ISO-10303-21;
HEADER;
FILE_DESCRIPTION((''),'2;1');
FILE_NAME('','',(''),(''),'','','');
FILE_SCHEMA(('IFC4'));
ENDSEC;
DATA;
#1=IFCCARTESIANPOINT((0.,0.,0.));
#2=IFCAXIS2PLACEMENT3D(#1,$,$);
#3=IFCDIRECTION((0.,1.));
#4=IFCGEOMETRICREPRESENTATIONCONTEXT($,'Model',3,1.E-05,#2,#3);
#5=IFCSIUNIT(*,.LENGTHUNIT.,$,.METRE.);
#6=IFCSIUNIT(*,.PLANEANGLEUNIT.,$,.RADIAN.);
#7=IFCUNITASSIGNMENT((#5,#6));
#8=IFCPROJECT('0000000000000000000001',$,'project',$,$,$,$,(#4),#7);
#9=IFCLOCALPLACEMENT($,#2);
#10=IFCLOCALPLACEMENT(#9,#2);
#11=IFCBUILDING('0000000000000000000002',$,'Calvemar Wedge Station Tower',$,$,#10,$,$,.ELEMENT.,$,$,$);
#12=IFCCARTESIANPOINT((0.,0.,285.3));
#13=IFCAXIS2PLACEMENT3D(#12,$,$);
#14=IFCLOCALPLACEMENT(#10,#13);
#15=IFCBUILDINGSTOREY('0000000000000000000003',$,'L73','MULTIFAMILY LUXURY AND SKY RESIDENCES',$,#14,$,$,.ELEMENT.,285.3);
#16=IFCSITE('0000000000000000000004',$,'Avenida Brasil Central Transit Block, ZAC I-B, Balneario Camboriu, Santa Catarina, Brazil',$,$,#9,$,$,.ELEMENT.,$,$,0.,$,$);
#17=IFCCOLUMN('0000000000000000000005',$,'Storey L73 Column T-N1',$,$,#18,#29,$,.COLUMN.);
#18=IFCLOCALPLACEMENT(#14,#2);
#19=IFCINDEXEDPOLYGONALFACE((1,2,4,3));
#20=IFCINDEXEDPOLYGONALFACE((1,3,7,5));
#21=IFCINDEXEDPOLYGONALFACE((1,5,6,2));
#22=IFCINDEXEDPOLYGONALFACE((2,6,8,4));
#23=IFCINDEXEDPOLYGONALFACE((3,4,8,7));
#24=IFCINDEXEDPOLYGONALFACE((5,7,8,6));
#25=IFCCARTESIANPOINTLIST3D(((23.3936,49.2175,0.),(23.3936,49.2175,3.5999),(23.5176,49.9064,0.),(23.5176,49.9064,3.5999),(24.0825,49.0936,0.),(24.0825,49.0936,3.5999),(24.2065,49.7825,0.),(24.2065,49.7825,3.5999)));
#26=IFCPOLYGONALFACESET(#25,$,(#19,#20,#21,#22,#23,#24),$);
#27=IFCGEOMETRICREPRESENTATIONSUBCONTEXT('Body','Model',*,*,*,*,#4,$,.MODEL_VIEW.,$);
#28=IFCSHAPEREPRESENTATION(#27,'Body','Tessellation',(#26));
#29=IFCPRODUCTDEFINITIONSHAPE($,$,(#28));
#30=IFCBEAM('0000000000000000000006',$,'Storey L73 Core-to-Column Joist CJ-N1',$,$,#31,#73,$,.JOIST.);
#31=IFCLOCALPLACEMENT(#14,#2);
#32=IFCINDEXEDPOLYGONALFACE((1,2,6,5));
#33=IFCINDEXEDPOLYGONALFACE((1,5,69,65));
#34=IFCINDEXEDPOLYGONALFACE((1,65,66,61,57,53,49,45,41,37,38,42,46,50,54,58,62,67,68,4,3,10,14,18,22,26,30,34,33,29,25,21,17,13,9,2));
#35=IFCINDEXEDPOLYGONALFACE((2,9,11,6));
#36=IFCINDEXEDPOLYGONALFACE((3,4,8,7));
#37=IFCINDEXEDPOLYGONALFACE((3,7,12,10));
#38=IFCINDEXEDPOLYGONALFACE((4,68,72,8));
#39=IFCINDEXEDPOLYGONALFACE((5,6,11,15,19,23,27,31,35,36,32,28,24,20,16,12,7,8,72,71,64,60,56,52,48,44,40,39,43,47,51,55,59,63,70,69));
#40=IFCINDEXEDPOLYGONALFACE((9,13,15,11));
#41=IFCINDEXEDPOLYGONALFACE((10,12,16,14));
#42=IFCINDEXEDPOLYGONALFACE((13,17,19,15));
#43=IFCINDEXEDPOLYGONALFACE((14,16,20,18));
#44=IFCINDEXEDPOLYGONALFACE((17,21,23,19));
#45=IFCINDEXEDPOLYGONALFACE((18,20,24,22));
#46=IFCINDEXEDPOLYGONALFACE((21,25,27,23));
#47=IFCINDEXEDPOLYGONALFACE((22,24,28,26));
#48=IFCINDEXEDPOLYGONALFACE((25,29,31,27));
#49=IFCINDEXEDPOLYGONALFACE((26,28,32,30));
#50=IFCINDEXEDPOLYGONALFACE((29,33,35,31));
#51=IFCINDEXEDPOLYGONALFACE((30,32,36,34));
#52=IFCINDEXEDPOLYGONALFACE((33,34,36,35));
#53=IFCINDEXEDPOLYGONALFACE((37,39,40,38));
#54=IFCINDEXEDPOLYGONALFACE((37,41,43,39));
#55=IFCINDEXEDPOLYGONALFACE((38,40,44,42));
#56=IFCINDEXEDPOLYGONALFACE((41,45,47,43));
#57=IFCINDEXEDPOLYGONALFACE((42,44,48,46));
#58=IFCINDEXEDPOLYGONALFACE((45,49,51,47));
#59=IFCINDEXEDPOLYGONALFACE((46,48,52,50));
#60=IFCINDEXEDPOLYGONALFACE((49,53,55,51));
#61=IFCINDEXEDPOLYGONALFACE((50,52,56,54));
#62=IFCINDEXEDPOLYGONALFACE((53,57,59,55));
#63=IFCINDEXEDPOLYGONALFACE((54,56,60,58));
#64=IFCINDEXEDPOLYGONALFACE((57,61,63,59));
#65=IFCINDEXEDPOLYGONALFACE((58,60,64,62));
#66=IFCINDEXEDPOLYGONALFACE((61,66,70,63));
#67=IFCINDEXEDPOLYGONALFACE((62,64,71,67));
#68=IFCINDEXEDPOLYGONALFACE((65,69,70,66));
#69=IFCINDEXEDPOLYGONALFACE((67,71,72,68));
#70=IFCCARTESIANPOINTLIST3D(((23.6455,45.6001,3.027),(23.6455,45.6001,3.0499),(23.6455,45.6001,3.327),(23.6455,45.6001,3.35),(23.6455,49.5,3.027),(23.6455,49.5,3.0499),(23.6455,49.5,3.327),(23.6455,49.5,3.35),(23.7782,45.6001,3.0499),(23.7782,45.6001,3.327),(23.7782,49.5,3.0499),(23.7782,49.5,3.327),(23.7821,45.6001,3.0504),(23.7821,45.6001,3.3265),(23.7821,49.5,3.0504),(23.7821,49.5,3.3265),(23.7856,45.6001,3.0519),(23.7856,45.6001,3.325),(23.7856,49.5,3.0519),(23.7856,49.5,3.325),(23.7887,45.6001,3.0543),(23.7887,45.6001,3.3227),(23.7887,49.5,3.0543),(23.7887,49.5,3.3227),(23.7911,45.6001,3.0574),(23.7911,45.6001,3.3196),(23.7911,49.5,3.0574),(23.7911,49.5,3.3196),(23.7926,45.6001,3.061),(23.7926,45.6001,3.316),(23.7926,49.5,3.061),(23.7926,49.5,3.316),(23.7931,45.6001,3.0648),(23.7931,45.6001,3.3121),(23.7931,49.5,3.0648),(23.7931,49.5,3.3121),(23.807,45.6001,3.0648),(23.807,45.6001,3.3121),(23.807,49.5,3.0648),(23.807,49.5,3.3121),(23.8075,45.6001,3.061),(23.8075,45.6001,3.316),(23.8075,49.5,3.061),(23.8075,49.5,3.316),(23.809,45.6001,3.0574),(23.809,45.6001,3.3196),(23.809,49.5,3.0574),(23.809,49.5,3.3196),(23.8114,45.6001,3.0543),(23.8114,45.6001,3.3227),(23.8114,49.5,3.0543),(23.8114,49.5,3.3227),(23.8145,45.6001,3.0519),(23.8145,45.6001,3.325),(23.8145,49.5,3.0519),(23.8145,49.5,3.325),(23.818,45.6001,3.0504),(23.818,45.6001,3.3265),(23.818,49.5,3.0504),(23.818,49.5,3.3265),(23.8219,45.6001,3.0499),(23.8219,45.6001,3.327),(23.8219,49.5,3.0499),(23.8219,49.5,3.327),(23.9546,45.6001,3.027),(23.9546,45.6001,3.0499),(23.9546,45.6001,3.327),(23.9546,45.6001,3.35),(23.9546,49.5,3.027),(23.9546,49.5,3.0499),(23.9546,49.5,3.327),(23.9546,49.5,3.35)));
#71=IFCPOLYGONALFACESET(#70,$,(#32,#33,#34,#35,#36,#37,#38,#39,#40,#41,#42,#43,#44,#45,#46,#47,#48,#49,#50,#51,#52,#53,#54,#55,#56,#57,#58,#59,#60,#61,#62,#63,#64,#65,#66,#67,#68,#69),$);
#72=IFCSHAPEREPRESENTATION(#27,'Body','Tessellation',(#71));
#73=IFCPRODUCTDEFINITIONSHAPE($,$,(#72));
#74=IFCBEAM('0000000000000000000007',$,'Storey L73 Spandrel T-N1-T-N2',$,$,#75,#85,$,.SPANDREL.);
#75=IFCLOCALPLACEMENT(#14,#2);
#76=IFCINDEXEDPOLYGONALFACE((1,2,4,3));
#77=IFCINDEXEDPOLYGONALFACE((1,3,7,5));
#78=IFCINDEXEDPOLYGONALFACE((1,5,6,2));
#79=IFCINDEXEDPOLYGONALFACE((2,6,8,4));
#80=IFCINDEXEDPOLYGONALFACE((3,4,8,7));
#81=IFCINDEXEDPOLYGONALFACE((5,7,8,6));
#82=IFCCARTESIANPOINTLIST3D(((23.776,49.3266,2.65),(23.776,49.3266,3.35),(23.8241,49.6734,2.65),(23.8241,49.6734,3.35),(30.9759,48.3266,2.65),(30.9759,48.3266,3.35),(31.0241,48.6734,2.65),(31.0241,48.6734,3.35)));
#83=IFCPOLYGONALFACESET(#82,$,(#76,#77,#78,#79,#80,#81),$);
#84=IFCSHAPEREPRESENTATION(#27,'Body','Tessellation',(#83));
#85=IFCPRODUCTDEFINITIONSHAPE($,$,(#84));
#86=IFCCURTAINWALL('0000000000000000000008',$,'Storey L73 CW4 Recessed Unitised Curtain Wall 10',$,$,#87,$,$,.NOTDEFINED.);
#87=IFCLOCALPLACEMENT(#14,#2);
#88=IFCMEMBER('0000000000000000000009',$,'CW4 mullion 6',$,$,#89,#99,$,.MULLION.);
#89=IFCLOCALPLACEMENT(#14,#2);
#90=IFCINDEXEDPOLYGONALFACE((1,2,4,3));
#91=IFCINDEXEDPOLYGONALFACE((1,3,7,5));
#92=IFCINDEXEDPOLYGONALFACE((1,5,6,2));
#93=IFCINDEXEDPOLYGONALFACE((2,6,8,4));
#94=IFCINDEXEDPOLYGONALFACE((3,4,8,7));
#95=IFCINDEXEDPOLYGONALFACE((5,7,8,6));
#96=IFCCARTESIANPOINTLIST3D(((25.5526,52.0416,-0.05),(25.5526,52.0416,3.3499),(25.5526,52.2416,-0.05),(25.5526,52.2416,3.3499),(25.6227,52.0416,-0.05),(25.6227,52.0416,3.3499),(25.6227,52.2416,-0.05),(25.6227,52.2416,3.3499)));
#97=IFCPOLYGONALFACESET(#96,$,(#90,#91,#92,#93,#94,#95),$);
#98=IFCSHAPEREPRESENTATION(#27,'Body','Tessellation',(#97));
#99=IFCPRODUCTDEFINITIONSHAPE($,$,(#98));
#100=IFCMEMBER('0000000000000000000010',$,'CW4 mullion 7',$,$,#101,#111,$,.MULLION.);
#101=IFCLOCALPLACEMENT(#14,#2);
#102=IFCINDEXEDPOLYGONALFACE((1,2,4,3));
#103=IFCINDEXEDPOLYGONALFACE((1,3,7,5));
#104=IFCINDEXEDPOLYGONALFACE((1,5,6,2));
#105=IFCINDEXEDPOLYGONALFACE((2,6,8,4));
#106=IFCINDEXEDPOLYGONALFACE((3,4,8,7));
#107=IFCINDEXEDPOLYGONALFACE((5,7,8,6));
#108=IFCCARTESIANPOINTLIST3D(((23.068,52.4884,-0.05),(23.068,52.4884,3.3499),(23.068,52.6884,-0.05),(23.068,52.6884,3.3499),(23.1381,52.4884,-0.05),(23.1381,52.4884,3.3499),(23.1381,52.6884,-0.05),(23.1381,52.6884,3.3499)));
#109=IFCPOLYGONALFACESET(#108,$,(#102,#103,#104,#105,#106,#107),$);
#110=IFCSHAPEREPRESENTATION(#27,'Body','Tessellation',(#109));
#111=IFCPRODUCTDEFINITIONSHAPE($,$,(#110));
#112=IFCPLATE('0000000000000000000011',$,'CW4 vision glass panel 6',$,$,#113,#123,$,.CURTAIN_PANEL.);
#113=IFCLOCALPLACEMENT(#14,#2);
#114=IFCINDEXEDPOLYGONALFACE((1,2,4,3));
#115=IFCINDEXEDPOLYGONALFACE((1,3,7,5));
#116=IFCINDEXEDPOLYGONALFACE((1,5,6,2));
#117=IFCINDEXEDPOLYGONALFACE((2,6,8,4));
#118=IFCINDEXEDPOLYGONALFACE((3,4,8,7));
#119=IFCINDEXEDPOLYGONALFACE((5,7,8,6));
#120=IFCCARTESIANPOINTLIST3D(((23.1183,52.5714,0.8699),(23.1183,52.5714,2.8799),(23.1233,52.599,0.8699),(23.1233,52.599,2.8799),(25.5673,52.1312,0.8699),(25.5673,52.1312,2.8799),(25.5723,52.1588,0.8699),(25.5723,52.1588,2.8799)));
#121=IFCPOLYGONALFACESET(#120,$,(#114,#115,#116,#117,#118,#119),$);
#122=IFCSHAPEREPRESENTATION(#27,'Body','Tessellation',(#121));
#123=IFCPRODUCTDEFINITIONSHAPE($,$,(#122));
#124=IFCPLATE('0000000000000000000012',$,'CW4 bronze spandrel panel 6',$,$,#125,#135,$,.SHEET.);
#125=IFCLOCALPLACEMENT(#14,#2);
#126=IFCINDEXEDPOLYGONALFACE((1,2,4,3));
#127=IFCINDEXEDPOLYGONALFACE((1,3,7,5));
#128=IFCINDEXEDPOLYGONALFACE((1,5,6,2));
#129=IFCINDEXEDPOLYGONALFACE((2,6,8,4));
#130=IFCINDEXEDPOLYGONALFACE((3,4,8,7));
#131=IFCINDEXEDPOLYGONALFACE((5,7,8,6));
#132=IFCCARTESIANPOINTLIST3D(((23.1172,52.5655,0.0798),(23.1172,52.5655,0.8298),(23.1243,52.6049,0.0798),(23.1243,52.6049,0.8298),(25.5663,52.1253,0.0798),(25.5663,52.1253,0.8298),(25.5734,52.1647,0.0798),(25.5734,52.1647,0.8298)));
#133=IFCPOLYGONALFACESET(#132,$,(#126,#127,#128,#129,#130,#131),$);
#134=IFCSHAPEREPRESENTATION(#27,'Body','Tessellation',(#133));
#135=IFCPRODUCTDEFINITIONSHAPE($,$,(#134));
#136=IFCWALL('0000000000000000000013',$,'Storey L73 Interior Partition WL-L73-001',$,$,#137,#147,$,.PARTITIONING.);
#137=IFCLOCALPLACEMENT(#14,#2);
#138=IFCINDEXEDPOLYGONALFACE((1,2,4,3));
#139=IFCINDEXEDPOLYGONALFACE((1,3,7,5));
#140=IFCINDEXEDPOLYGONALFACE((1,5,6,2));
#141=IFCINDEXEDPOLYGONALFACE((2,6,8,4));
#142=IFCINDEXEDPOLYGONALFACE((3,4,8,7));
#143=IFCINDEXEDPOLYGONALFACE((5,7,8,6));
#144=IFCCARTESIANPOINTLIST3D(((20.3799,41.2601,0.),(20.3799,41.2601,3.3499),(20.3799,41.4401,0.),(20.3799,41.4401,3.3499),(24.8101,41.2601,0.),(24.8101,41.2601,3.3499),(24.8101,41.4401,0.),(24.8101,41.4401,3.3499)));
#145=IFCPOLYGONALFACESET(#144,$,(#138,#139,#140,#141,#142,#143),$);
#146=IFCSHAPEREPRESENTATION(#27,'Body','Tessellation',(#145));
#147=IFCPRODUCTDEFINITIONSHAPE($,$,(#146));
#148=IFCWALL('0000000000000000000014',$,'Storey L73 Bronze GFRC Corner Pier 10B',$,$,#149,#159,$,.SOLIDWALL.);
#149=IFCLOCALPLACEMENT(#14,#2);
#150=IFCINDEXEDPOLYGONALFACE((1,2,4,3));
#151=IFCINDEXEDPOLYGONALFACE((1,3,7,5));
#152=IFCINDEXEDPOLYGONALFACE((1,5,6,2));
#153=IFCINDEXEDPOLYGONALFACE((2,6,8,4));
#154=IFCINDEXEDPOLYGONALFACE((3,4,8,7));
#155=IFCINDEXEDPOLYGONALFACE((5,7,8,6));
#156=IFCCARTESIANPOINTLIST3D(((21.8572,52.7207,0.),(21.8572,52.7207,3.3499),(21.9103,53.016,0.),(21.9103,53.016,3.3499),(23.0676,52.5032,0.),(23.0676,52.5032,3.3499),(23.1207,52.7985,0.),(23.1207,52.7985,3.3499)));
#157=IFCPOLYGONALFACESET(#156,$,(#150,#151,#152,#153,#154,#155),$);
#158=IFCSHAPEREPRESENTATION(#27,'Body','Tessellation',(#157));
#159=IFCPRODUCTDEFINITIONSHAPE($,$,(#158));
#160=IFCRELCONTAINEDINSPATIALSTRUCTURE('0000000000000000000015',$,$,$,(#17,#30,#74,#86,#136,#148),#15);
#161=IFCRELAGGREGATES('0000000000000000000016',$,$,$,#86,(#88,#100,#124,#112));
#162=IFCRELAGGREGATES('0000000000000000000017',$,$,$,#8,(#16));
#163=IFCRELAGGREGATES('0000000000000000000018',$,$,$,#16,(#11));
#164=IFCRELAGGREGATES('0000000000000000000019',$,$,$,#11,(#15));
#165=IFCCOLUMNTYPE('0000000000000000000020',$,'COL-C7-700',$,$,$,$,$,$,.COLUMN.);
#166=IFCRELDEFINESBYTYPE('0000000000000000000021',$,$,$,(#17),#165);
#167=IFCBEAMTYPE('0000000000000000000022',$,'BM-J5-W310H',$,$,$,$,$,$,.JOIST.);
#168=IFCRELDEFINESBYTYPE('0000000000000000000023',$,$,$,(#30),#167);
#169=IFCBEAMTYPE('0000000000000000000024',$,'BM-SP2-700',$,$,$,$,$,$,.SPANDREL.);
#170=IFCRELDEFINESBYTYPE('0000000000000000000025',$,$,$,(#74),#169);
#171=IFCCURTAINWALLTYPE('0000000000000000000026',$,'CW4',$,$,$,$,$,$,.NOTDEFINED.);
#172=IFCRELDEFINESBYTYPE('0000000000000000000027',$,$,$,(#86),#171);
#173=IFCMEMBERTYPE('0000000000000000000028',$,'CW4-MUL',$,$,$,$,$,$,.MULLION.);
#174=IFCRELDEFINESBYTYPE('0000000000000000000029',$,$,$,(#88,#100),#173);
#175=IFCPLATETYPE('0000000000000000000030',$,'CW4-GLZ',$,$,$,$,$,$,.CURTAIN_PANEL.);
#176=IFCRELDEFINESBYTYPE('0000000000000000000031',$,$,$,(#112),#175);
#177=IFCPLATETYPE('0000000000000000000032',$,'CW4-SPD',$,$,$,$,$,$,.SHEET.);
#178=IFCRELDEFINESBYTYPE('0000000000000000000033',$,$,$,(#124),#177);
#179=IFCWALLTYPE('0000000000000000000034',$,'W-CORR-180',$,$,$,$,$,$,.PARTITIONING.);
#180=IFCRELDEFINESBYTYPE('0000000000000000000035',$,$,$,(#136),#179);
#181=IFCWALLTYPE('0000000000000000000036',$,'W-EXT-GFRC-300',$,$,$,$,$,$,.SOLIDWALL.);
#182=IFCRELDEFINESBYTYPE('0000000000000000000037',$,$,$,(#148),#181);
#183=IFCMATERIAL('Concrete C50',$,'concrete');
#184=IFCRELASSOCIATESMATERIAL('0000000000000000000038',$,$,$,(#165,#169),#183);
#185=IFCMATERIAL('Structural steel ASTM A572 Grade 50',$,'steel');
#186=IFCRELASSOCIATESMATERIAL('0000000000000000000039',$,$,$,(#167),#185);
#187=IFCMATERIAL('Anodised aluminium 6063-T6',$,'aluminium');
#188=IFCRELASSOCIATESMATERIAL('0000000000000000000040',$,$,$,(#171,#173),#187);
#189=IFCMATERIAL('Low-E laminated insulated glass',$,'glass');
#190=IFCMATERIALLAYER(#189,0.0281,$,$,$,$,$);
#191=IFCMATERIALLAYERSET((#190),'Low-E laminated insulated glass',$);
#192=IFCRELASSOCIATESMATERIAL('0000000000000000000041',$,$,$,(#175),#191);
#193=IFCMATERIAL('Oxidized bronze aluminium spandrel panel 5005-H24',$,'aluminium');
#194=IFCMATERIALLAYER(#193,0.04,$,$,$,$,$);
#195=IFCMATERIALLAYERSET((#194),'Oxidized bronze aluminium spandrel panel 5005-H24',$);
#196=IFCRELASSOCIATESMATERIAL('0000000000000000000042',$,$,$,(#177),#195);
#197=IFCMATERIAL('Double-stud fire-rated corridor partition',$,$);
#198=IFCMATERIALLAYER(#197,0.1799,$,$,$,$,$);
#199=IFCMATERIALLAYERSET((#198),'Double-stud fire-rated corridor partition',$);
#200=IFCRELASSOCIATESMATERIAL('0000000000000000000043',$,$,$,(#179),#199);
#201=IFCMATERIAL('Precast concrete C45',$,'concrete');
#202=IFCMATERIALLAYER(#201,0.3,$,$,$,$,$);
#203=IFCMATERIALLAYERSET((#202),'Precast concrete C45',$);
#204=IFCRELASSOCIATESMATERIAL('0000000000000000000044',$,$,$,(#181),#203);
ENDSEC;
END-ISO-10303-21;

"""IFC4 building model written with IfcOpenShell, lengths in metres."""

from ifc_helpers import new_model, si_unit, direction, frame, frame_2d, origin, origin_2d, place, context, subcontext, project, spatial, rectangle, i_section, extrude, source, transform, mapped, material, layer, layer_set, material_profile, profile_set, type_object, element, aggregate, save


model = new_model("IFC4")

# Units and contexts
model_context = context("Model", 3, precision=1e-05, world=origin(), true_north=direction((0.0, 1.0)))
body_context = subcontext(model_context, "Body", "Model", "MODEL_VIEW")
ifc_project = project(units=[si_unit("LENGTHUNIT", "METRE"), si_unit("PLANEANGLEUNIT", "RADIAN")], contexts=[model_context])

# Site, building, storey
site_placement = place(None, origin())
site = spatial("IfcSite", under=ifc_project, at=site_placement, Name="Avenida Brasil Central Transit Block, ZAC I-B, Balneario Camboriu, Santa Catarina, Brazil", CompositionType="ELEMENT", RefElevation=0.0)
building_placement = place(site_placement, origin())
building = spatial("IfcBuilding", under=site, at=building_placement, Name="Calvemar Wedge Station Tower", CompositionType="ELEMENT")
storey_placement = place(building_placement, frame((0.0, 0.0, 285.3)))
storey = spatial("IfcBuildingStorey", under=building, at=storey_placement, Name="L73", Description="MULTIFAMILY LUXURY AND SKY RESIDENCES", CompositionType="ELEMENT", Elevation=285.3)

# Column
ifc_material_1 = material(Name="Concrete C50", Category="concrete")
ifc_material_profile_1 = material_profile(ifc_material_1, rectangle(XDim=0.7, YDim=0.7, at=origin_2d()), Name="RC700x700")
ifc_profile_set_1 = profile_set([ifc_material_profile_1], Name="Concrete C50")
column_type = type_object("IfcColumnType", Name="COL-C7-700", PredefinedType="COLUMN", material=ifc_profile_set_1)
shared_shape_1 = source(origin(), body_context, "Body", "SweptSolid", [
    extrude(rectangle(XDim=0.7, YDim=0.7, at=origin_2d()), origin(), (0.0, 0.0, 1.0), 3.5999),
])
column_placement = place(storey_placement, frame((23.8, 49.5, 0.0), z_axis=(0.0, 0.0, 1.0), x_axis=(0.984196, -0.177085, 0.0)))
element("IfcColumn", 1, at=column_placement, inside=storey, type_object=column_type, Name="Storey L73 Column T-N1", PredefinedType="COLUMN", context=body_context, shape_type="MappedRepresentation", body=[
    mapped(shared_shape_1, transform((0.0, 0.0, 0.0), scale=1.0)),
])

# Beams
ifc_material_2 = material(Name="Structural steel ASTM A572 Grade 50", Category="steel")
ifc_material_profile_2 = material_profile(ifc_material_2, i_section(OverallWidth=0.3091, OverallDepth=0.323, WebThickness=0.0139, FlangeThickness=0.0229, FilletRadius=0.0149, at=origin_2d()), Name="W310x143")
ifc_profile_set_2 = profile_set([ifc_material_profile_2], Name="Structural steel ASTM A572 Grade 50")
beam_type_1 = type_object("IfcBeamType", Name="BM-J5-W310H", PredefinedType="JOIST", material=ifc_profile_set_2)
shared_shape_2 = source(origin(), body_context, "Body", "SweptSolid", [
    extrude(i_section(OverallWidth=0.3091, OverallDepth=0.323, WebThickness=0.0139, FlangeThickness=0.0229, FilletRadius=0.0149, at=origin_2d()), origin(), (0.0, 0.0, 1.0), 3.8999),
])
beam_1_placement = place(storey_placement, frame((23.8, 45.6001, 3.1885), z_axis=(0.0, 1.0, 0.0), x_axis=(-1.0, 0.0, 0.0)))
element("IfcBeam", 2, at=beam_1_placement, inside=storey, type_object=beam_type_1, Name="Storey L73 Core-to-Column Joist CJ-N1", PredefinedType="JOIST", context=body_context, shape_type="MappedRepresentation", body=[
    mapped(shared_shape_2, transform((0.0, 0.0, 0.0), scale=1.0)),
])
ifc_material_profile_3 = material_profile(ifc_material_1, rectangle(XDim=0.3501, YDim=0.7, at=origin_2d()), Name="RC350x700")
ifc_profile_set_3 = profile_set([ifc_material_profile_3], Name="Concrete C50")
beam_type_2 = type_object("IfcBeamType", Name="BM-SP2-700", PredefinedType="SPANDREL", material=ifc_profile_set_3)
shared_shape_3 = source(origin(), body_context, "Body", "SweptSolid", [
    extrude(rectangle(XDim=0.3501, YDim=0.7, at=origin_2d()), origin(), (0.0, 0.0, 1.0), 7.269),
])
beam_2_placement = place(storey_placement, frame((23.8, 49.5, 3.0), z_axis=(0.990492, -0.137569, 0.0), x_axis=(0.137569, 0.990492, 0.0)))
element("IfcBeam", 3, at=beam_2_placement, inside=storey, type_object=beam_type_2, Name="Storey L73 Spandrel T-N1-T-N2", PredefinedType="SPANDREL", context=body_context, shape_type="MappedRepresentation", body=[
    mapped(shared_shape_3, transform((0.0, 0.0, 0.0), scale=1.0)),
])

# Curtain wall, members, plates
ifc_material_3 = material(Name="Anodised aluminium 6063-T6", Category="aluminium")
curtain_wall_type = type_object("IfcCurtainWallType", Name="CW4", PredefinedType="NOTDEFINED", material=ifc_material_3)
curtain_wall_placement = place(storey_placement, origin())
curtain_wall = element("IfcCurtainWall", 4, at=curtain_wall_placement, inside=storey, type_object=curtain_wall_type, Name="Storey L73 CW4 Recessed Unitised Curtain Wall 10", PredefinedType="NOTDEFINED")
ifc_material_profile_4 = material_profile(ifc_material_3, rectangle(XDim=0.0701, YDim=0.2, at=origin_2d()), Name="AL-MUL-70x200")
ifc_profile_set_4 = profile_set([ifc_material_profile_4], Name="Anodised aluminium 6063-T6")
member_type = type_object("IfcMemberType", Name="CW4-MUL", PredefinedType="MULLION", material=ifc_profile_set_4)
shared_shape_4 = source(origin(), body_context, "Body", "SweptSolid", [
    extrude(rectangle(XDim=0.0701, YDim=0.2, at=origin_2d()), origin(), (0.0, 0.0, 1.0), 3.3999),
])
member_1_placement = place(storey_placement, frame((25.5876, 52.1416, -0.05), z_axis=(0.0, 0.0, 1.0), x_axis=(1.0, 0.0, 0.0)))
member_1 = element("IfcMember", 5, at=member_1_placement, type_object=member_type, Name="CW4 mullion 6", PredefinedType="MULLION", context=body_context, shape_type="MappedRepresentation", body=[
    mapped(shared_shape_4, transform((0.0, 0.0, 0.0), scale=1.0)),
])
member_2_placement = place(storey_placement, frame((23.103, 52.5884, -0.05), z_axis=(0.0, 0.0, 1.0), x_axis=(1.0, 0.0, 0.0)))
member_2 = element("IfcMember", 6, at=member_2_placement, type_object=member_type, Name="CW4 mullion 7", PredefinedType="MULLION", context=body_context, shape_type="MappedRepresentation", body=[
    mapped(shared_shape_4, transform((0.0, 0.0, 0.0), scale=1.0)),
])
ifc_material_4 = material(Name="Low-E laminated insulated glass", Category="glass")
ifc_layer_1 = layer(ifc_material_4, 0.0281)
ifc_layer_set_1 = layer_set([ifc_layer_1], Name="Low-E laminated insulated glass")
plate_type_1 = type_object("IfcPlateType", Name="CW4-GLZ", PredefinedType="CURTAIN_PANEL", material=ifc_layer_set_1)
plate_1_placement = place(storey_placement, frame((25.5698, 52.145, 0.8699), z_axis=(0.0, 0.0, 1.0), x_axis=(-0.984227, 0.176908, 0.0)))
plate_1 = element("IfcPlate", 7, at=plate_1_placement, type_object=plate_type_1, Name="CW4 vision glass panel 6", PredefinedType="CURTAIN_PANEL", context=body_context, shape_type="SweptSolid", body=[
    extrude(rectangle(XDim=2.4883, YDim=0.0281, at=frame_2d((1.2441, 0.0))), origin(), (0.0, 0.0, 1.0), 2.01),
])
ifc_material_5 = material(Name="Oxidized bronze aluminium spandrel panel 5005-H24", Category="aluminium")
ifc_layer_2 = layer(ifc_material_5, 0.04)
ifc_layer_set_2 = layer_set([ifc_layer_2], Name="Oxidized bronze aluminium spandrel panel 5005-H24")
plate_type_2 = type_object("IfcPlateType", Name="CW4-SPD", PredefinedType="SHEET", material=ifc_layer_set_2)
plate_2_placement = place(storey_placement, frame((25.5698, 52.145, 0.0798), z_axis=(0.0, 0.0, 1.0), x_axis=(-0.984227, 0.176908, 0.0)))
plate_2 = element("IfcPlate", 8, at=plate_2_placement, type_object=plate_type_2, Name="CW4 bronze spandrel panel 6", PredefinedType="SHEET", context=body_context, shape_type="SweptSolid", body=[
    extrude(rectangle(XDim=2.4883, YDim=0.04, at=frame_2d((1.2441, 0.0))), origin(), (0.0, 0.0, 1.0), 0.75),
])
aggregate(curtain_wall, [member_1, member_2, plate_2, plate_1])

# Wall
ifc_material_6 = material(Name="Double-stud fire-rated corridor partition")
ifc_layer_3 = layer(ifc_material_6, 0.1799)
ifc_layer_set_3 = layer_set([ifc_layer_3], Name="Double-stud fire-rated corridor partition")
wall_type_1 = type_object("IfcWallType", Name="W-CORR-180", PredefinedType="PARTITIONING", material=ifc_layer_set_3)
wall_1_placement = place(storey_placement, frame((24.8101, 41.3501, 0.0), z_axis=(0.0, 0.0, 1.0), x_axis=(-1.0, 0.0, 0.0)))
element("IfcWall", 9, at=wall_1_placement, inside=storey, type_object=wall_type_1, Name="Storey L73 Interior Partition WL-L73-001", PredefinedType="PARTITIONING", context=body_context, shape_type="SweptSolid", body=[
    extrude(rectangle(XDim=4.4302, YDim=0.1799, at=frame_2d((2.2151, 0.0))), origin(), (0.0, 0.0, 1.0), 3.3499),
])

# Wall
ifc_material_7 = material(Name="Precast concrete C45", Category="concrete")
ifc_layer_4 = layer(ifc_material_7, 0.3)
ifc_layer_set_4 = layer_set([ifc_layer_4], Name="Precast concrete C45")
wall_type_2 = type_object("IfcWallType", Name="W-EXT-GFRC-300", PredefinedType="SOLIDWALL", material=ifc_layer_set_4)
wall_2_placement = place(storey_placement, frame((23.094, 52.6509, 0.0), z_axis=(0.0, 0.0, 1.0), x_axis=(-0.984233, 0.176876, 0.0)))
element("IfcWall", 10, at=wall_2_placement, inside=storey, type_object=wall_type_2, Name="Storey L73 Bronze GFRC Corner Pier 10B", PredefinedType="SOLIDWALL", context=body_context, shape_type="SweptSolid", body=[
    extrude(rectangle(XDim=1.2297, YDim=0.3, at=frame_2d((0.6147, 0.0))), origin(), (0.0, 0.0, 1.0), 3.3499),
])

save(model, "model.ifc")
